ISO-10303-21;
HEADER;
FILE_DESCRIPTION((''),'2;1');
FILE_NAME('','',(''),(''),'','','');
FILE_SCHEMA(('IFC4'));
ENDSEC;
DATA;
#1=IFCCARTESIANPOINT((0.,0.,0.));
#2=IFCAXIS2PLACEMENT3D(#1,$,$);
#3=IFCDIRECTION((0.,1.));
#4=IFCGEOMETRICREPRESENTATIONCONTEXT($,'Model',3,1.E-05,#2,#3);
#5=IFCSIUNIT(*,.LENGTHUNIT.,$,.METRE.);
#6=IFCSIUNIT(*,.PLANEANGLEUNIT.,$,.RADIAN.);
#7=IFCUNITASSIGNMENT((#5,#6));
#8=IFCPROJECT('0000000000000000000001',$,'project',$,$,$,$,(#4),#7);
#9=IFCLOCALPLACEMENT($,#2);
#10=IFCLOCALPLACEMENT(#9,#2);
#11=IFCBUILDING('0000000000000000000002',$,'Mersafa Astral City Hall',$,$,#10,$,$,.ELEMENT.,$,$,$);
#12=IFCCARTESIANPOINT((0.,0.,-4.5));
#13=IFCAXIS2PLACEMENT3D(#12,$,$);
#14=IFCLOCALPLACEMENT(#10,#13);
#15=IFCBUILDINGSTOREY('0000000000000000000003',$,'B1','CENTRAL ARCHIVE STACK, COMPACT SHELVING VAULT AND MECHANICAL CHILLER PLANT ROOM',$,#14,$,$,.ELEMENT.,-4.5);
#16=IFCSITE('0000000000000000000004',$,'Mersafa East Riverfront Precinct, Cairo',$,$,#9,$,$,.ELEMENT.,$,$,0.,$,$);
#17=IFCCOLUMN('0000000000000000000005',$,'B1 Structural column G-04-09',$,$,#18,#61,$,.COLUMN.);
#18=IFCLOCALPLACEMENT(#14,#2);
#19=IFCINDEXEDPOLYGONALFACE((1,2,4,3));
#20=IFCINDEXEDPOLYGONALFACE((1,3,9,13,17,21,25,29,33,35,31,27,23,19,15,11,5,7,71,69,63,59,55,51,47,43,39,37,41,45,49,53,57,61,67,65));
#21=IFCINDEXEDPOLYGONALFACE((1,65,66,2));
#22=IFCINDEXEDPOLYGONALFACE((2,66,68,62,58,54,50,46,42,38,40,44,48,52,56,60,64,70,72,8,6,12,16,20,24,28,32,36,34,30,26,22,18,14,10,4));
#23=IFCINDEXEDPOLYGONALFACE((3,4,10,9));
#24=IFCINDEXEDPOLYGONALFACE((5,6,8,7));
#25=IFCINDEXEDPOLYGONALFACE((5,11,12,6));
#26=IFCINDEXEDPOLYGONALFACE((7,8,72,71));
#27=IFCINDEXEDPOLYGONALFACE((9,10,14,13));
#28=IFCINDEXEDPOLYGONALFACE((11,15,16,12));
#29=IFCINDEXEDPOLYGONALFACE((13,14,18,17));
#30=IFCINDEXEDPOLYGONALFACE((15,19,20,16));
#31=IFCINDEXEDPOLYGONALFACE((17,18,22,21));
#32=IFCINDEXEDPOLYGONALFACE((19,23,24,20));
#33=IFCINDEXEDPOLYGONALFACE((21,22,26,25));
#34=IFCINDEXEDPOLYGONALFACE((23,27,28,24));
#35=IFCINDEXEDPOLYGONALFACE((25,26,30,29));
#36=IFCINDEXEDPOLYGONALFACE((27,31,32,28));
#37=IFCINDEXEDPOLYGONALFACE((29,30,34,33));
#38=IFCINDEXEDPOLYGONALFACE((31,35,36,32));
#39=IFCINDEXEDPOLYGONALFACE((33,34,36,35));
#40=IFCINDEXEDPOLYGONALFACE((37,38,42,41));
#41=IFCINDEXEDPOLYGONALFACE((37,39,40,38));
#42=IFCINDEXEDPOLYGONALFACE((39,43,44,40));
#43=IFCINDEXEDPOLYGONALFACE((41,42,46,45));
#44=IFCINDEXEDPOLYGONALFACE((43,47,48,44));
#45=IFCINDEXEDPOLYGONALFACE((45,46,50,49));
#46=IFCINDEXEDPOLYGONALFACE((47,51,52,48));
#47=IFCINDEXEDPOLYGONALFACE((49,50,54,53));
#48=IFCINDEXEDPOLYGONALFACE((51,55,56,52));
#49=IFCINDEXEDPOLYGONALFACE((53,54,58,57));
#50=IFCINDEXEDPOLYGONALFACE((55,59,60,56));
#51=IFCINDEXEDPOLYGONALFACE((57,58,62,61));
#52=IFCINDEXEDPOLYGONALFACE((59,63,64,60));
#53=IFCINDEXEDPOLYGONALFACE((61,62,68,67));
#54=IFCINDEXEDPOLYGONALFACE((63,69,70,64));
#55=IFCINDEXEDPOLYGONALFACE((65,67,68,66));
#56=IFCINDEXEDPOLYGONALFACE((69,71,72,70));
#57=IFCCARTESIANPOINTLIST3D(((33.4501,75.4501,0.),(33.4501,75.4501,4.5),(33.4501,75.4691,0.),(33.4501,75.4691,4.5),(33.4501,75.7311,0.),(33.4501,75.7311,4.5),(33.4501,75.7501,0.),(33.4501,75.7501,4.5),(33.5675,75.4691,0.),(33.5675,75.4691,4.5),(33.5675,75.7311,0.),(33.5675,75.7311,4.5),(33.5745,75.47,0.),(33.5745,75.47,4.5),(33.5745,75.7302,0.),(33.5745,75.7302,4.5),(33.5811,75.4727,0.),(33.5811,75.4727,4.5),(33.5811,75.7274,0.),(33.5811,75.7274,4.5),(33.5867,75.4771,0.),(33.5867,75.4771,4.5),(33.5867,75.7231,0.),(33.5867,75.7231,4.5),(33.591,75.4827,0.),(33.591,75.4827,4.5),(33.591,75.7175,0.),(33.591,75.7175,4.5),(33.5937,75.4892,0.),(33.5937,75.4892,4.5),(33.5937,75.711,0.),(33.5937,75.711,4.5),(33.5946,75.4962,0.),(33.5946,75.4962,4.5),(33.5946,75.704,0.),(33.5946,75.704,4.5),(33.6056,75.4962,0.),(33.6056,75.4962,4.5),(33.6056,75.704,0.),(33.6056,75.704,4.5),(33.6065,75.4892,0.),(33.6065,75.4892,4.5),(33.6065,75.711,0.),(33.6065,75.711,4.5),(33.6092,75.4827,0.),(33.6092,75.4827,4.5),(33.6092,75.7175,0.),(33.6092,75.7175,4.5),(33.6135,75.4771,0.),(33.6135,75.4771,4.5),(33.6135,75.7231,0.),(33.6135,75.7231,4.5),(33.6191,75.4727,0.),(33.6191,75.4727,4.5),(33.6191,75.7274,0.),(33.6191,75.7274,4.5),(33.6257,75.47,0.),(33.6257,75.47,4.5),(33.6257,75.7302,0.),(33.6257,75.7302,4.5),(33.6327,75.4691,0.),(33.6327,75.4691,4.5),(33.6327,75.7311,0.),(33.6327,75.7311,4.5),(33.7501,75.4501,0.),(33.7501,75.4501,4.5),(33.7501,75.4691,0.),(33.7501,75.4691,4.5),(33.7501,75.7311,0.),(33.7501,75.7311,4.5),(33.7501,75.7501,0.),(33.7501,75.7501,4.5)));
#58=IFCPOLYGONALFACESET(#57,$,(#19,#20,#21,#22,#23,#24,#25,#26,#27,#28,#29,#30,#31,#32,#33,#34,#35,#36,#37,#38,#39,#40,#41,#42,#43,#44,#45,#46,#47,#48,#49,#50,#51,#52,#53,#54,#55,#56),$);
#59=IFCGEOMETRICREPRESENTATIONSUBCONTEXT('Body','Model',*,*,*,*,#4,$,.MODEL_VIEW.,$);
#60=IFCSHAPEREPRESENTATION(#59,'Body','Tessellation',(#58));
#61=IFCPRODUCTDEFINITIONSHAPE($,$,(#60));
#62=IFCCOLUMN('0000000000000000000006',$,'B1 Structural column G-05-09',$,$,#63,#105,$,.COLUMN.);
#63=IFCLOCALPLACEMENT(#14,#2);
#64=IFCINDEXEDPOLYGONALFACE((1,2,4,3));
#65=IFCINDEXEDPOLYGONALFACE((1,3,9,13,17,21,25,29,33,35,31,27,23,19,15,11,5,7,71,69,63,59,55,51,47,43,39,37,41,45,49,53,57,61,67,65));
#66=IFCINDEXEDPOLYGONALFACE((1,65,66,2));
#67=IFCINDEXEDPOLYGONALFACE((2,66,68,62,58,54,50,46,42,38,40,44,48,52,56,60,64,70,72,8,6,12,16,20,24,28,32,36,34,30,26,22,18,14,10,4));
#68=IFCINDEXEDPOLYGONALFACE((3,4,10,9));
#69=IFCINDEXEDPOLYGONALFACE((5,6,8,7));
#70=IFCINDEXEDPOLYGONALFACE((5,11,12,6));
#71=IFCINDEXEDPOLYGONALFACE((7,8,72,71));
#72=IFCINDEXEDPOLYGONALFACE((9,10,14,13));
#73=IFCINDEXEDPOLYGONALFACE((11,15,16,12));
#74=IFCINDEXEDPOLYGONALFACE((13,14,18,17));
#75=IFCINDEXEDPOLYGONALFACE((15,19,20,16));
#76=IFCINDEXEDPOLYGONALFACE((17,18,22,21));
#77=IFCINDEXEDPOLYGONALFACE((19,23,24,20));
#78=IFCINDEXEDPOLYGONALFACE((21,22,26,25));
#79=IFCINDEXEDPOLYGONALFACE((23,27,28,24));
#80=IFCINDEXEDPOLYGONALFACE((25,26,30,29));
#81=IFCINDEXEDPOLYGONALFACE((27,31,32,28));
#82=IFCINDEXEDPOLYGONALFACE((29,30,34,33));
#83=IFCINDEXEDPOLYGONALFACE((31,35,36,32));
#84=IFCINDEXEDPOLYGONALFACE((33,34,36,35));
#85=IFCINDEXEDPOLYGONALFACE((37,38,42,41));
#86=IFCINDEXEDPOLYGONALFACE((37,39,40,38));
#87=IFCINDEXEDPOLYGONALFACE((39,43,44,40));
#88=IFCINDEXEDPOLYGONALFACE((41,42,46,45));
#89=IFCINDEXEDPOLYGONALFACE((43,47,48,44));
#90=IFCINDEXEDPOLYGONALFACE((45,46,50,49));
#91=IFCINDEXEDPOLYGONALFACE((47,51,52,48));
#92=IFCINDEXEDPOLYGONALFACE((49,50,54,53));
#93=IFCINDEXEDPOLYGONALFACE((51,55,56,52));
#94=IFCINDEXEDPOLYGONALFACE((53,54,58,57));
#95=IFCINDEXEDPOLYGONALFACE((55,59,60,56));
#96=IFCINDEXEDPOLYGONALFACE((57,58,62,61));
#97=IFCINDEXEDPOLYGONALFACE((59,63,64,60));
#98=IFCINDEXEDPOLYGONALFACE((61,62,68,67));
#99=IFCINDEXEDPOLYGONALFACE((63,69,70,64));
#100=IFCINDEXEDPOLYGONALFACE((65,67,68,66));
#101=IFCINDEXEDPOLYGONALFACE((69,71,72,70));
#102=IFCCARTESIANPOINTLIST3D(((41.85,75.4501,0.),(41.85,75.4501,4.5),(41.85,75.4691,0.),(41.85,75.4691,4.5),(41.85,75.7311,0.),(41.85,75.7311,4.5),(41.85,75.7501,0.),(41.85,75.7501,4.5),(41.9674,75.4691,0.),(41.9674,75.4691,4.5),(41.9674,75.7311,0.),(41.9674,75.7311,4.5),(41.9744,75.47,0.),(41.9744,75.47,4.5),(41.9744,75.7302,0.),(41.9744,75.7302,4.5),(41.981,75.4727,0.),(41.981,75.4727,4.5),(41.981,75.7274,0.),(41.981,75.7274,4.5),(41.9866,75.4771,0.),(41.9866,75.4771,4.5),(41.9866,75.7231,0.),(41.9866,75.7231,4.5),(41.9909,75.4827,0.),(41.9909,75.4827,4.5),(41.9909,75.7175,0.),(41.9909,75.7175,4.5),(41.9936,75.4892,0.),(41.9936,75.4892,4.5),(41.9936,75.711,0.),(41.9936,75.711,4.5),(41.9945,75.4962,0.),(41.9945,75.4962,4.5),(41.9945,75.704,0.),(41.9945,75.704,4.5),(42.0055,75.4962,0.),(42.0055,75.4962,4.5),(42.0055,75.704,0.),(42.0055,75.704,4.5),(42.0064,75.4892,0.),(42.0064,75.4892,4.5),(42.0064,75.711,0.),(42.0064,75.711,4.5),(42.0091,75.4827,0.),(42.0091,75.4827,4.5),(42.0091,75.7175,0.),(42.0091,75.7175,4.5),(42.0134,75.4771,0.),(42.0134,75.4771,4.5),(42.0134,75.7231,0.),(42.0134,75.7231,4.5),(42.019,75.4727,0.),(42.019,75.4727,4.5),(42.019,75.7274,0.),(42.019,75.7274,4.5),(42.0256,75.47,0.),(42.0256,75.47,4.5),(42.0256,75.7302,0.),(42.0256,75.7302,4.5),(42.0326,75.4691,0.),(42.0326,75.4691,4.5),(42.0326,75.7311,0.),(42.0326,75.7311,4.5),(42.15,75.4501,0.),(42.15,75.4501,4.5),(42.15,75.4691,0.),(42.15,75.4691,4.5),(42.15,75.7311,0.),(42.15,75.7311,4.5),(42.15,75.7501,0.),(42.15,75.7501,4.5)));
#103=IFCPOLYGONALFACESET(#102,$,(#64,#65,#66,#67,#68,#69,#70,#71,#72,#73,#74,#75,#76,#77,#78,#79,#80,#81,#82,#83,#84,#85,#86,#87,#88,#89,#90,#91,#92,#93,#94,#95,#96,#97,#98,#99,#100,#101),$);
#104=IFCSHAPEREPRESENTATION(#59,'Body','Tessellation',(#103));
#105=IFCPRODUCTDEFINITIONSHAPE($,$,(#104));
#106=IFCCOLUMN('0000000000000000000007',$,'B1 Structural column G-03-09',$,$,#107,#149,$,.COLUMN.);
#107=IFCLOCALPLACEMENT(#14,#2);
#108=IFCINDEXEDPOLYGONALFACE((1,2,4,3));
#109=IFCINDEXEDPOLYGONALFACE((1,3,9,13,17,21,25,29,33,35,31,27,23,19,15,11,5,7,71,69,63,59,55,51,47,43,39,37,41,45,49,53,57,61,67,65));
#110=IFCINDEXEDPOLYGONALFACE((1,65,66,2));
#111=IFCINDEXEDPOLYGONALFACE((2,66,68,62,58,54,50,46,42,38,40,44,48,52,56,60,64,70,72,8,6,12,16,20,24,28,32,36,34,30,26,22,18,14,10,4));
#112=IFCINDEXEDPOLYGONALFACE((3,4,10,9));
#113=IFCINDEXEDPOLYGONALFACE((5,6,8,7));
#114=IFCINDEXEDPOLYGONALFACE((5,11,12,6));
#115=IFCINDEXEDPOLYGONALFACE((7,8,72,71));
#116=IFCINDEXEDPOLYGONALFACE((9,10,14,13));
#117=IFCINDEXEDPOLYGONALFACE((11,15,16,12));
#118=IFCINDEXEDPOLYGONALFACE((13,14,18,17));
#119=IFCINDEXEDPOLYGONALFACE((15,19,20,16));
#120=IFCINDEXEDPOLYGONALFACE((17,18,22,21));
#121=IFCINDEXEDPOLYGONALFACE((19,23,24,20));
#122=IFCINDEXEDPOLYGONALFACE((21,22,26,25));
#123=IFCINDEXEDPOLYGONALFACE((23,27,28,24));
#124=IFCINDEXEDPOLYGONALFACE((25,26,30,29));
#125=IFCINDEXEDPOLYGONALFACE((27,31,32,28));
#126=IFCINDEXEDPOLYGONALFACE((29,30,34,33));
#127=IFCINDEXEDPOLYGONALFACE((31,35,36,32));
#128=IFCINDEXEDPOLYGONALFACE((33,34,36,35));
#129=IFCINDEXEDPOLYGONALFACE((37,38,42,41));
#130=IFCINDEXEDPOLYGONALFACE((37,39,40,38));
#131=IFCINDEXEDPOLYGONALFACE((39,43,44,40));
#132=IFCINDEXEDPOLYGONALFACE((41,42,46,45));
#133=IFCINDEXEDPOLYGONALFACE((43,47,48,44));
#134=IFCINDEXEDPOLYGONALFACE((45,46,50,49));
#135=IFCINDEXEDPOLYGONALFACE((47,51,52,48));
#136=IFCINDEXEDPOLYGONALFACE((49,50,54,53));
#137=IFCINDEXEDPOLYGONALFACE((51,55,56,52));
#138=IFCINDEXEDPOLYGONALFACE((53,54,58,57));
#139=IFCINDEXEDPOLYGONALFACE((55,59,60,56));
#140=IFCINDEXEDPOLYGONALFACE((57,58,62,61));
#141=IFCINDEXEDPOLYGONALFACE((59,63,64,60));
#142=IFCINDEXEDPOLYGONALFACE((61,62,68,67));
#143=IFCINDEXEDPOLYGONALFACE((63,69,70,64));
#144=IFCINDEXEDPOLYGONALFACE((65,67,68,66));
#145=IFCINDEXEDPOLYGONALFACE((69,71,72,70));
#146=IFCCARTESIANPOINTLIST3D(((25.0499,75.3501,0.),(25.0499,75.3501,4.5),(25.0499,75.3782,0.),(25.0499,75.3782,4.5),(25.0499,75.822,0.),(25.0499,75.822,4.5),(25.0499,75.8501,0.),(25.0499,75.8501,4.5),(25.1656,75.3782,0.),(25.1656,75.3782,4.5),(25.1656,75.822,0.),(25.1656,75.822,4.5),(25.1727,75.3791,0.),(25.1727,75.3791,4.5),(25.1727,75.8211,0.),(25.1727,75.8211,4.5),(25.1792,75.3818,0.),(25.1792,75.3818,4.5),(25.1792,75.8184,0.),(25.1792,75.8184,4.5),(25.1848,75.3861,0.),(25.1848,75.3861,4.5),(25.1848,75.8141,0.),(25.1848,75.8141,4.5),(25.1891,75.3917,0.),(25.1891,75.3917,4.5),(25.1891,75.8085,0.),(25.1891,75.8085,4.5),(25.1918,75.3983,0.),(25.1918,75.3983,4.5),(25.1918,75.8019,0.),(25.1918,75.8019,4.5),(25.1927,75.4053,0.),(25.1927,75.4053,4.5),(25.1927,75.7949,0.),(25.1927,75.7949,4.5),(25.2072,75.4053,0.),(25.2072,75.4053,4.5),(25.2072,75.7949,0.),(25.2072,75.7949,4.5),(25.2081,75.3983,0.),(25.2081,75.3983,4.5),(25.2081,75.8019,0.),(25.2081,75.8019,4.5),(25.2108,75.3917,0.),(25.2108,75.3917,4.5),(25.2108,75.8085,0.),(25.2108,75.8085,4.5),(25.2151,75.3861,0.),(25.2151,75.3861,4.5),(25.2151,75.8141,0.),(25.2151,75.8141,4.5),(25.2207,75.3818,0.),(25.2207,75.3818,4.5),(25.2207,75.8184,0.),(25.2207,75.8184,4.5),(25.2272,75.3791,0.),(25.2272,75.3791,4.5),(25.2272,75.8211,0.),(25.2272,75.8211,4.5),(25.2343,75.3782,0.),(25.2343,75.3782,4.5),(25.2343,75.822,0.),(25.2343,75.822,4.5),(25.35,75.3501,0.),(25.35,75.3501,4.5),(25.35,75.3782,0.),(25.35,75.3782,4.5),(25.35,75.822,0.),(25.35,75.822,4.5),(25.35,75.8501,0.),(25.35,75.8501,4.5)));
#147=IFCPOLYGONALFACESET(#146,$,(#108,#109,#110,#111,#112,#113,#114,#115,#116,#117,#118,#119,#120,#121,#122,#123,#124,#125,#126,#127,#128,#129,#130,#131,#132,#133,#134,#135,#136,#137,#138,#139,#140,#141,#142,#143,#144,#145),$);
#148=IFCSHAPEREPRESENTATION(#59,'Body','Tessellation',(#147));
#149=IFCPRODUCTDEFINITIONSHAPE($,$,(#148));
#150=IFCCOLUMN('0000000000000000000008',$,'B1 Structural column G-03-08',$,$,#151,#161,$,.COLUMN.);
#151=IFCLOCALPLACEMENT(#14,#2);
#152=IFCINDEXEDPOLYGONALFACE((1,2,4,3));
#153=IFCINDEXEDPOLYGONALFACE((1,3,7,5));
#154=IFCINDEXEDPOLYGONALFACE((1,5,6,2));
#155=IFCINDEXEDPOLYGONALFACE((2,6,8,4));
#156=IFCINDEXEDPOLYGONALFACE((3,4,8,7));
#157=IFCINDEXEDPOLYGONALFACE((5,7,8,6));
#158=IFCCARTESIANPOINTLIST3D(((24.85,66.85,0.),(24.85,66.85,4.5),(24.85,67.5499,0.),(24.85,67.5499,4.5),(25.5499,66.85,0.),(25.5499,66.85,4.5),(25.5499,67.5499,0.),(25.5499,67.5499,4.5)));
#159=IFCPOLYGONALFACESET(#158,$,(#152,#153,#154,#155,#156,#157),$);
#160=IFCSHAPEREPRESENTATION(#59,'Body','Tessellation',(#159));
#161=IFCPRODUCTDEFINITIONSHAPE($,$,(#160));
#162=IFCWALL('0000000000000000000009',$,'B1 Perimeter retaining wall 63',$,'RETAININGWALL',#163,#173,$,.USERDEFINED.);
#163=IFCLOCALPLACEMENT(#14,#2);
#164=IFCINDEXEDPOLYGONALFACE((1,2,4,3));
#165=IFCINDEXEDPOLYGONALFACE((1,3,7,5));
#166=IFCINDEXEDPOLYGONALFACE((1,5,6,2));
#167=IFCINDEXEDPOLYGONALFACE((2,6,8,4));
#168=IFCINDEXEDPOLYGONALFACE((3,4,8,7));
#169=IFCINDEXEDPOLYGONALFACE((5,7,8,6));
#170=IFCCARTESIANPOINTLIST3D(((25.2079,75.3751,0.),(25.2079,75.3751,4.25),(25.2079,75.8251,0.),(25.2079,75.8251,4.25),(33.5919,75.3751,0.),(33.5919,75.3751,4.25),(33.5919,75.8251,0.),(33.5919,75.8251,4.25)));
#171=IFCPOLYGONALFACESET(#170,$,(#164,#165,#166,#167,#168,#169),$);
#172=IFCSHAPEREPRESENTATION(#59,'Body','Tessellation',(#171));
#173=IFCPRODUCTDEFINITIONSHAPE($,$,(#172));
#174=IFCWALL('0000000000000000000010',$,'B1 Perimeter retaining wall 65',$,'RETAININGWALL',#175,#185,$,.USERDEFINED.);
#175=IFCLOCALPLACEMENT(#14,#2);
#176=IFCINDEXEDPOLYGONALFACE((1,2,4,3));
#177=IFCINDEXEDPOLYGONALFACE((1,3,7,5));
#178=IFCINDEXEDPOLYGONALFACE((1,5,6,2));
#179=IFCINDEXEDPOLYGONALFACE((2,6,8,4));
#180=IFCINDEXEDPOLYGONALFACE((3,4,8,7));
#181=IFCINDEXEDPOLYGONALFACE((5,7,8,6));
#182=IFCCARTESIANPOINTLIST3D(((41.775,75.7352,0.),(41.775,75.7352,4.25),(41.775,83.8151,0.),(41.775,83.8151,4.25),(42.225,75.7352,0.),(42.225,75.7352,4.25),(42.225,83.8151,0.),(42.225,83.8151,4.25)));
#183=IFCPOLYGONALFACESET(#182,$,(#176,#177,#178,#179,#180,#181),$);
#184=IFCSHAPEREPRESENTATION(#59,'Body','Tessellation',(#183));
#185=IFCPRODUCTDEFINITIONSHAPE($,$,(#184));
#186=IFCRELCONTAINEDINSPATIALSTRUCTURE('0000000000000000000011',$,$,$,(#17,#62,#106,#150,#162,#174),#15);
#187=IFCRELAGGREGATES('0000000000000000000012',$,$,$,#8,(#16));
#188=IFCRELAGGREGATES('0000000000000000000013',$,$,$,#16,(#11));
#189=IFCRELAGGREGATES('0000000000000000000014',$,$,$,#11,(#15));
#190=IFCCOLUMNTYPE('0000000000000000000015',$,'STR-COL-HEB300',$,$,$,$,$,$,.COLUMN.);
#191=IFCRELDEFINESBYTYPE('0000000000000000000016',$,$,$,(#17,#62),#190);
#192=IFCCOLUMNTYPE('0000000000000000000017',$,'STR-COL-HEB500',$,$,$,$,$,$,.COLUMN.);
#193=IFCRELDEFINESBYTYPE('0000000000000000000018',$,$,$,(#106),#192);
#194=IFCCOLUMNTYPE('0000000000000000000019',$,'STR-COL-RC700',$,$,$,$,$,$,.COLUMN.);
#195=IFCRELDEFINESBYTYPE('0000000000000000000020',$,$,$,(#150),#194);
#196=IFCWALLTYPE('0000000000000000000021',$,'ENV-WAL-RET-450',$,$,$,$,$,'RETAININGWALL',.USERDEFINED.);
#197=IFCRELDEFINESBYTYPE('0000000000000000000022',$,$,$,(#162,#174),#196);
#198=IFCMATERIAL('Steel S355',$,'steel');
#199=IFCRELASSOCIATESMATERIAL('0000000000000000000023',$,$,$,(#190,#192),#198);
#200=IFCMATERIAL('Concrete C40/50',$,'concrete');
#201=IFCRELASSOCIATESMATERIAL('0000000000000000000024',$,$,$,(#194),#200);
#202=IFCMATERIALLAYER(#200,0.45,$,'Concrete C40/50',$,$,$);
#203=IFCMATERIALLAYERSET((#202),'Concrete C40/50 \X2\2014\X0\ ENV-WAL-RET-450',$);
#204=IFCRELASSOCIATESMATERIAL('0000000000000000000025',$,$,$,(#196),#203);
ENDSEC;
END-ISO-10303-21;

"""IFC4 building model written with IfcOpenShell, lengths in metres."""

from ifc_helpers import new_model, si_unit, direction, frame, frame_2d, origin, origin_2d, place, context, subcontext, project, spatial, rectangle, i_section, extrude, material, layer, layer_set, material_profile, profile_set, type_object, element, save


model = new_model("IFC4")

# Units and contexts
model_context = context("Model", 3, precision=1e-05, world=origin(), true_north=direction((0.0, 1.0)))
body_context = subcontext(model_context, "Body", "Model", "MODEL_VIEW")
ifc_project = project(units=[si_unit("LENGTHUNIT", "METRE"), si_unit("PLANEANGLEUNIT", "RADIAN")], contexts=[model_context])

# Site, building, storey
site_placement = place(None, origin())
site = spatial("IfcSite", under=ifc_project, at=site_placement, Name="Mersafa East Riverfront Precinct, Cairo", CompositionType="ELEMENT", RefElevation=0.0)
building_placement = place(site_placement, origin())
building = spatial("IfcBuilding", under=site, at=building_placement, Name="Mersafa Astral City Hall", CompositionType="ELEMENT")
storey_placement = place(building_placement, frame((0.0, 0.0, -4.5)))
storey = spatial("IfcBuildingStorey", under=building, at=storey_placement, Name="B1", Description="CENTRAL ARCHIVE STACK, COMPACT SHELVING VAULT AND MECHANICAL CHILLER PLANT ROOM", CompositionType="ELEMENT", Elevation=-4.5)

# Shared definitions
ifc_material_1 = material(Name="Concrete C40/50", Category="concrete")

# Columns
ifc_material_2 = material(Name="Steel S355", Category="steel")
ifc_material_profile_1 = material_profile(ifc_material_2, i_section(OverallWidth=0.3, OverallDepth=0.3, WebThickness=0.011, FlangeThickness=0.019, FilletRadius=0.0271, at=origin_2d()), Name="HEB 300")
ifc_profile_set_1 = profile_set([ifc_material_profile_1], Name="Steel S355")
column_type_1 = type_object("IfcColumnType", Name="STR-COL-HEB300", PredefinedType="COLUMN", material=ifc_profile_set_1)
for number, where, z_axis, x_axis, name in (
    (1, (33.6001, 75.6001, 0.0), (0.0, 0.0, 1.0), (1.0, 0.0, 0.0), "B1 Structural column G-04-09"),
    (2, (42.0, 75.6001, 0.0), (0.0, 0.0, 1.0), (1.0, 0.0, 0.0), "B1 Structural column G-05-09"),
):
    element("IfcColumn", number, at=place(storey_placement, frame(where, z_axis=z_axis, x_axis=x_axis)), inside=storey, type_object=column_type_1, Name=name, PredefinedType="COLUMN", context=body_context, shape_type="SweptSolid", body=[
        extrude(i_section(OverallWidth=0.3, OverallDepth=0.3, WebThickness=0.011, FlangeThickness=0.019, FilletRadius=0.0271, at=origin_2d()), origin(), (0.0, 0.0, 1.0), 4.5),
    ])
ifc_material_profile_2 = material_profile(ifc_material_2, i_section(OverallWidth=0.3, OverallDepth=0.5, WebThickness=0.0144, FlangeThickness=0.0281, FilletRadius=0.0271, at=origin_2d()), Name="HEB 500")
ifc_profile_set_2 = profile_set([ifc_material_profile_2], Name="Steel S355")
column_type_2 = type_object("IfcColumnType", Name="STR-COL-HEB500", PredefinedType="COLUMN", material=ifc_profile_set_2)
column_1_placement = place(storey_placement, frame((25.2, 75.6001, 0.0), z_axis=(0.0, 0.0, 1.0), x_axis=(1.0, 0.0, 0.0)))
element("IfcColumn", 3, at=column_1_placement, inside=storey, type_object=column_type_2, Name="B1 Structural column G-03-09", PredefinedType="COLUMN", context=body_context, shape_type="SweptSolid", body=[
    extrude(i_section(OverallWidth=0.3, OverallDepth=0.5, WebThickness=0.0144, FlangeThickness=0.0281, FilletRadius=0.0271, at=origin_2d()), origin(), (0.0, 0.0, 1.0), 4.5),
])
ifc_material_profile_3 = material_profile(ifc_material_1, rectangle(XDim=0.7, YDim=0.7, at=origin_2d()), Name="RC 700x700")
ifc_profile_set_3 = profile_set([ifc_material_profile_3], Name="Concrete C40/50")
column_type_3 = type_object("IfcColumnType", Name="STR-COL-RC700", PredefinedType="COLUMN", material=ifc_profile_set_3)
column_2_placement = place(storey_placement, frame((25.2, 67.2, 0.0), z_axis=(0.0, 0.0, 1.0), x_axis=(1.0, 0.0, 0.0)))
element("IfcColumn", 4, at=column_2_placement, inside=storey, type_object=column_type_3, Name="B1 Structural column G-03-08", PredefinedType="COLUMN", context=body_context, shape_type="SweptSolid", body=[
    extrude(rectangle(XDim=0.7, YDim=0.7, at=origin_2d()), origin(), (0.0, 0.0, 1.0), 4.5),
])

# Walls
ifc_layer_1 = layer(ifc_material_1, 0.45, Name="Concrete C40/50")
ifc_layer_set_1 = layer_set([ifc_layer_1], Name="Concrete C40/50 — ENV-WAL-RET-450")
wall_type_1 = type_object("IfcWallType", Name="ENV-WAL-RET-450", ElementType="RETAININGWALL", PredefinedType="USERDEFINED", material=ifc_layer_set_1)
wall_1_placement = place(storey_placement, frame((25.208, 75.6001, 0.0), z_axis=(0.0, 0.0, 1.0), x_axis=(1.0, 0.0, 0.0)))
element("IfcWall", 5, at=wall_1_placement, inside=storey, type_object=wall_type_1, Name="B1 Perimeter retaining wall 63", ObjectType="RETAININGWALL", PredefinedType="USERDEFINED", context=body_context, shape_type="SweptSolid", body=[
    extrude(rectangle(XDim=8.384, YDim=0.45, at=frame_2d((4.1919, 0.0))), origin(), (0.0, 0.0, 1.0), 4.25),
])
wall_2_placement = place(storey_placement, frame((42.0, 75.7351, 0.0), z_axis=(0.0, 0.0, 1.0), x_axis=(0.0, 1.0, 0.0)))
element("IfcWall", 6, at=wall_2_placement, inside=storey, type_object=wall_type_1, Name="B1 Perimeter retaining wall 65", ObjectType="RETAININGWALL", PredefinedType="USERDEFINED", context=body_context, shape_type="SweptSolid", body=[
    extrude(rectangle(XDim=8.0798, YDim=0.45, at=frame_2d((4.04, 0.0))), origin(), (0.0, 0.0, 1.0), 4.25),
])

save(model, "model.ifc")
